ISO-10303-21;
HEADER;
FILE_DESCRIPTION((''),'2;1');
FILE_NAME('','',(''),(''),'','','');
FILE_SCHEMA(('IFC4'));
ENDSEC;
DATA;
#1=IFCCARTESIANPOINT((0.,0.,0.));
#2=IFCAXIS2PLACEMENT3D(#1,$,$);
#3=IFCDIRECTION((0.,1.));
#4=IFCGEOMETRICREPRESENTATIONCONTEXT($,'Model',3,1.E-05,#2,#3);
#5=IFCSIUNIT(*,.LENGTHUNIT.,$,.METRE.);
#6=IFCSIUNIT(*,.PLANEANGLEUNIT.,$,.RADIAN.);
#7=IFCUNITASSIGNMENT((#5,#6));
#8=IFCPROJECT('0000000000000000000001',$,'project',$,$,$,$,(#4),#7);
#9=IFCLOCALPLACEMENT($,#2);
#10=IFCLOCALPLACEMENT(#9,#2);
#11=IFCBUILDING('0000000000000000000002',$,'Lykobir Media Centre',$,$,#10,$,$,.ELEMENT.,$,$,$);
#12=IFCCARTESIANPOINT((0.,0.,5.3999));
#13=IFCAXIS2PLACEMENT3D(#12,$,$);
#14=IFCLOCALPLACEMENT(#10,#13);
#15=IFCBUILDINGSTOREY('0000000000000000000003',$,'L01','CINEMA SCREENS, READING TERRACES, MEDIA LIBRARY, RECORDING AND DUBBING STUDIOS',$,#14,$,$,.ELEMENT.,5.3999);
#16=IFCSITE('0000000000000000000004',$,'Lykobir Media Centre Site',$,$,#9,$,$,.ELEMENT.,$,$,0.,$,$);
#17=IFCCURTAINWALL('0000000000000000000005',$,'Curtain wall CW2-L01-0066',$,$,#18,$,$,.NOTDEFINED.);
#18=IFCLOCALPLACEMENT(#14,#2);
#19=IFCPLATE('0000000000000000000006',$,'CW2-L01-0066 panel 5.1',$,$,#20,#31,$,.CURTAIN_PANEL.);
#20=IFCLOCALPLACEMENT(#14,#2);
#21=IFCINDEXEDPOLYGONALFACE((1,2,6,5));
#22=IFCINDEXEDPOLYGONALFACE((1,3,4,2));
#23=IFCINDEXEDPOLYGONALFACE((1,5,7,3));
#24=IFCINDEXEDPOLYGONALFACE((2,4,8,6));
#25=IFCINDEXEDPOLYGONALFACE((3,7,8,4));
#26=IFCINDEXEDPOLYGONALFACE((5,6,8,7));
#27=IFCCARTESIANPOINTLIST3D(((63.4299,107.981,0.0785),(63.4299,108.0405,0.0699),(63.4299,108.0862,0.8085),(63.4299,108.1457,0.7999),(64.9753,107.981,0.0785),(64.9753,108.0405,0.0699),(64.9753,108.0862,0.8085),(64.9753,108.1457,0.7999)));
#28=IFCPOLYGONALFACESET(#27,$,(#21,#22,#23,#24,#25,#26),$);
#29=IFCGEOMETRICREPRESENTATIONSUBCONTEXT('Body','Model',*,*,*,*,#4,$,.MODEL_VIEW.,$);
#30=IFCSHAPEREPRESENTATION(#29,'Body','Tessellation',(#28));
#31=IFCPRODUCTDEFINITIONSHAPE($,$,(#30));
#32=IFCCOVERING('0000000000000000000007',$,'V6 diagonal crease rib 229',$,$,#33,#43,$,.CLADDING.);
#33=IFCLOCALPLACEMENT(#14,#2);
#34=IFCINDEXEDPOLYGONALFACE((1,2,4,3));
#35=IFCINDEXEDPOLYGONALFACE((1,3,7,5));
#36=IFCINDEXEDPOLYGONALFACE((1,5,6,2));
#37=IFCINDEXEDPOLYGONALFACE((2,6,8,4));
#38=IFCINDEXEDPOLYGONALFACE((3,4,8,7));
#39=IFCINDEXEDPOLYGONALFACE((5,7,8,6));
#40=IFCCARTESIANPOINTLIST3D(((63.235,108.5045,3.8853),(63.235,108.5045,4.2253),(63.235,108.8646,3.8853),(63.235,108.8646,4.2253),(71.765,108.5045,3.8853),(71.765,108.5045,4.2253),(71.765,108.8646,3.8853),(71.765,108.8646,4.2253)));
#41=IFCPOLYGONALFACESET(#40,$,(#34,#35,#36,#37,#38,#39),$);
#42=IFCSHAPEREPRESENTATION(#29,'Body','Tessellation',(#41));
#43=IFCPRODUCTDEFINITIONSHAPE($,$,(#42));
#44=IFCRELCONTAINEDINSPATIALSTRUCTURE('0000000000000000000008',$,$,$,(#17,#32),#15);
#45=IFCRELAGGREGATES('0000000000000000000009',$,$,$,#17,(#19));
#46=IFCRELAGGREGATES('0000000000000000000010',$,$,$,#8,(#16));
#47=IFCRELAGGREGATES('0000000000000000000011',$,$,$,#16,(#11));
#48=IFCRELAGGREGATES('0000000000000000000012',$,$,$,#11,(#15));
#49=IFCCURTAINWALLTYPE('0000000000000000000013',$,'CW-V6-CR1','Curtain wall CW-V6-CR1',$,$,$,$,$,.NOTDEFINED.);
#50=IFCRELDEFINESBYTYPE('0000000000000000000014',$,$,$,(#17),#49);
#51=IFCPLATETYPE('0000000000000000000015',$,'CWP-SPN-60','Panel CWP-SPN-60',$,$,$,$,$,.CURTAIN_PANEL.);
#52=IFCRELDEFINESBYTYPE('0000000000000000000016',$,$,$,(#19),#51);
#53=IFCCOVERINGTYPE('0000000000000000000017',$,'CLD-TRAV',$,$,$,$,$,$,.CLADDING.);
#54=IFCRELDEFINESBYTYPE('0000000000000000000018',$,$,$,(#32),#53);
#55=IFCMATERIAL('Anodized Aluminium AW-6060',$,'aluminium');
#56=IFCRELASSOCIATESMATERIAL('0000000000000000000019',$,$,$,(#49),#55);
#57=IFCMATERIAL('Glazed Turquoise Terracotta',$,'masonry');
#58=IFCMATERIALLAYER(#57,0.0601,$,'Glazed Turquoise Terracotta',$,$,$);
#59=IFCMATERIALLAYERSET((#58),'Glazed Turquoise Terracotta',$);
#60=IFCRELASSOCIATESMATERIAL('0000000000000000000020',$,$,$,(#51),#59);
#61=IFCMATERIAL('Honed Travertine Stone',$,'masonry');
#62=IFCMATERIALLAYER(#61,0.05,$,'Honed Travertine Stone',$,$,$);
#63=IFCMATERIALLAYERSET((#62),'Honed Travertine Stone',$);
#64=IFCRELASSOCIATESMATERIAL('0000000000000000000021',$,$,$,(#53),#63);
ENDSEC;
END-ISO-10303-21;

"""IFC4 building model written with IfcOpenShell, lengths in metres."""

from ifc_helpers import new_model, si_unit, direction, frame, origin, origin_2d, place, context, subcontext, project, spatial, rectangle, extrude, material, layer, layer_set, type_object, element, aggregate, save


model = new_model("IFC4")

# Units and contexts
model_context = context("Model", 3, precision=1e-05, world=origin(), true_north=direction((0.0, 1.0)))
body_context = subcontext(model_context, "Body", "Model", "MODEL_VIEW")
ifc_project = project(units=[si_unit("LENGTHUNIT", "METRE"), si_unit("PLANEANGLEUNIT", "RADIAN")], contexts=[model_context])

# Site, building, storey
site_placement = place(None, origin())
site = spatial("IfcSite", under=ifc_project, at=site_placement, Name="Lykobir Media Centre Site", CompositionType="ELEMENT", RefElevation=0.0)
building_placement = place(site_placement, origin())
building = spatial("IfcBuilding", under=site, at=building_placement, Name="Lykobir Media Centre", CompositionType="ELEMENT")
storey_placement = place(building_placement, frame((0.0, 0.0, 5.3999)))
storey = spatial("IfcBuildingStorey", under=building, at=storey_placement, Name="L01", Description="CINEMA SCREENS, READING TERRACES, MEDIA LIBRARY, RECORDING AND DUBBING STUDIOS", CompositionType="ELEMENT", Elevation=5.3999)

# Curtain wall
ifc_material_1 = material(Name="Anodized Aluminium AW-6060", Category="aluminium")
curtain_wall_type = type_object("IfcCurtainWallType", Name="CW-V6-CR1", Description="Curtain wall CW-V6-CR1", PredefinedType="NOTDEFINED", material=ifc_material_1)
curtain_wall_1_placement = place(storey_placement, origin())
curtain_wall_1 = element("IfcCurtainWall", 1, at=curtain_wall_1_placement, inside=storey, type_object=curtain_wall_type, Name="Curtain wall CW2-L01-0066", PredefinedType="NOTDEFINED")

# Plate
ifc_material_2 = material(Name="Glazed Turquoise Terracotta", Category="masonry")
ifc_layer_1 = layer(ifc_material_2, 0.0601, Name="Glazed Turquoise Terracotta")
ifc_layer_set_1 = layer_set([ifc_layer_1], Name="Glazed Turquoise Terracotta")
plate_type_1 = type_object("IfcPlateType", Name="CWP-SPN-60", Description="Panel CWP-SPN-60", PredefinedType="CURTAIN_PANEL", material=ifc_layer_set_1)
plate_1_placement = place(storey_placement, frame((64.2026, 108.0107, 0.0742), z_axis=(0.0, 0.142629, 0.989776), x_axis=(-1.0, 0.0, 0.0)))
plate_1 = element("IfcPlate", 2, at=plate_1_placement, type_object=plate_type_1, Name="CW2-L01-0066 panel 5.1", PredefinedType="CURTAIN_PANEL", context=body_context, shape_type="SweptSolid", body=[
    extrude(rectangle(XDim=1.5454, YDim=0.0601, at=origin_2d()), origin(), (0.0, 0.0, 1.0), 0.7375),
])
aggregate(curtain_wall_1, [plate_1])

# Covering
ifc_material_3 = material(Name="Honed Travertine Stone", Category="masonry")
ifc_layer_2 = layer(ifc_material_3, 0.05, Name="Honed Travertine Stone")
ifc_layer_set_2 = layer_set([ifc_layer_2], Name="Honed Travertine Stone")
covering_type = type_object("IfcCoveringType", Name="CLD-TRAV", PredefinedType="CLADDING", material=ifc_layer_set_2)
covering_placement = place(storey_placement, frame((67.5, 108.6846, 3.8853), z_axis=(0.0, 0.0, 1.0), x_axis=(-1.0, 0.0, 0.0)))
element("IfcCovering", 3, at=covering_placement, inside=storey, type_object=covering_type, Name="V6 diagonal crease rib 229", PredefinedType="CLADDING", context=body_context, shape_type="SweptSolid", body=[
    extrude(rectangle(XDim=8.53, YDim=0.3601, at=origin_2d()), origin(), (0.0, 0.0, 1.0), 0.3401),
])

save(model, "model.ifc")
